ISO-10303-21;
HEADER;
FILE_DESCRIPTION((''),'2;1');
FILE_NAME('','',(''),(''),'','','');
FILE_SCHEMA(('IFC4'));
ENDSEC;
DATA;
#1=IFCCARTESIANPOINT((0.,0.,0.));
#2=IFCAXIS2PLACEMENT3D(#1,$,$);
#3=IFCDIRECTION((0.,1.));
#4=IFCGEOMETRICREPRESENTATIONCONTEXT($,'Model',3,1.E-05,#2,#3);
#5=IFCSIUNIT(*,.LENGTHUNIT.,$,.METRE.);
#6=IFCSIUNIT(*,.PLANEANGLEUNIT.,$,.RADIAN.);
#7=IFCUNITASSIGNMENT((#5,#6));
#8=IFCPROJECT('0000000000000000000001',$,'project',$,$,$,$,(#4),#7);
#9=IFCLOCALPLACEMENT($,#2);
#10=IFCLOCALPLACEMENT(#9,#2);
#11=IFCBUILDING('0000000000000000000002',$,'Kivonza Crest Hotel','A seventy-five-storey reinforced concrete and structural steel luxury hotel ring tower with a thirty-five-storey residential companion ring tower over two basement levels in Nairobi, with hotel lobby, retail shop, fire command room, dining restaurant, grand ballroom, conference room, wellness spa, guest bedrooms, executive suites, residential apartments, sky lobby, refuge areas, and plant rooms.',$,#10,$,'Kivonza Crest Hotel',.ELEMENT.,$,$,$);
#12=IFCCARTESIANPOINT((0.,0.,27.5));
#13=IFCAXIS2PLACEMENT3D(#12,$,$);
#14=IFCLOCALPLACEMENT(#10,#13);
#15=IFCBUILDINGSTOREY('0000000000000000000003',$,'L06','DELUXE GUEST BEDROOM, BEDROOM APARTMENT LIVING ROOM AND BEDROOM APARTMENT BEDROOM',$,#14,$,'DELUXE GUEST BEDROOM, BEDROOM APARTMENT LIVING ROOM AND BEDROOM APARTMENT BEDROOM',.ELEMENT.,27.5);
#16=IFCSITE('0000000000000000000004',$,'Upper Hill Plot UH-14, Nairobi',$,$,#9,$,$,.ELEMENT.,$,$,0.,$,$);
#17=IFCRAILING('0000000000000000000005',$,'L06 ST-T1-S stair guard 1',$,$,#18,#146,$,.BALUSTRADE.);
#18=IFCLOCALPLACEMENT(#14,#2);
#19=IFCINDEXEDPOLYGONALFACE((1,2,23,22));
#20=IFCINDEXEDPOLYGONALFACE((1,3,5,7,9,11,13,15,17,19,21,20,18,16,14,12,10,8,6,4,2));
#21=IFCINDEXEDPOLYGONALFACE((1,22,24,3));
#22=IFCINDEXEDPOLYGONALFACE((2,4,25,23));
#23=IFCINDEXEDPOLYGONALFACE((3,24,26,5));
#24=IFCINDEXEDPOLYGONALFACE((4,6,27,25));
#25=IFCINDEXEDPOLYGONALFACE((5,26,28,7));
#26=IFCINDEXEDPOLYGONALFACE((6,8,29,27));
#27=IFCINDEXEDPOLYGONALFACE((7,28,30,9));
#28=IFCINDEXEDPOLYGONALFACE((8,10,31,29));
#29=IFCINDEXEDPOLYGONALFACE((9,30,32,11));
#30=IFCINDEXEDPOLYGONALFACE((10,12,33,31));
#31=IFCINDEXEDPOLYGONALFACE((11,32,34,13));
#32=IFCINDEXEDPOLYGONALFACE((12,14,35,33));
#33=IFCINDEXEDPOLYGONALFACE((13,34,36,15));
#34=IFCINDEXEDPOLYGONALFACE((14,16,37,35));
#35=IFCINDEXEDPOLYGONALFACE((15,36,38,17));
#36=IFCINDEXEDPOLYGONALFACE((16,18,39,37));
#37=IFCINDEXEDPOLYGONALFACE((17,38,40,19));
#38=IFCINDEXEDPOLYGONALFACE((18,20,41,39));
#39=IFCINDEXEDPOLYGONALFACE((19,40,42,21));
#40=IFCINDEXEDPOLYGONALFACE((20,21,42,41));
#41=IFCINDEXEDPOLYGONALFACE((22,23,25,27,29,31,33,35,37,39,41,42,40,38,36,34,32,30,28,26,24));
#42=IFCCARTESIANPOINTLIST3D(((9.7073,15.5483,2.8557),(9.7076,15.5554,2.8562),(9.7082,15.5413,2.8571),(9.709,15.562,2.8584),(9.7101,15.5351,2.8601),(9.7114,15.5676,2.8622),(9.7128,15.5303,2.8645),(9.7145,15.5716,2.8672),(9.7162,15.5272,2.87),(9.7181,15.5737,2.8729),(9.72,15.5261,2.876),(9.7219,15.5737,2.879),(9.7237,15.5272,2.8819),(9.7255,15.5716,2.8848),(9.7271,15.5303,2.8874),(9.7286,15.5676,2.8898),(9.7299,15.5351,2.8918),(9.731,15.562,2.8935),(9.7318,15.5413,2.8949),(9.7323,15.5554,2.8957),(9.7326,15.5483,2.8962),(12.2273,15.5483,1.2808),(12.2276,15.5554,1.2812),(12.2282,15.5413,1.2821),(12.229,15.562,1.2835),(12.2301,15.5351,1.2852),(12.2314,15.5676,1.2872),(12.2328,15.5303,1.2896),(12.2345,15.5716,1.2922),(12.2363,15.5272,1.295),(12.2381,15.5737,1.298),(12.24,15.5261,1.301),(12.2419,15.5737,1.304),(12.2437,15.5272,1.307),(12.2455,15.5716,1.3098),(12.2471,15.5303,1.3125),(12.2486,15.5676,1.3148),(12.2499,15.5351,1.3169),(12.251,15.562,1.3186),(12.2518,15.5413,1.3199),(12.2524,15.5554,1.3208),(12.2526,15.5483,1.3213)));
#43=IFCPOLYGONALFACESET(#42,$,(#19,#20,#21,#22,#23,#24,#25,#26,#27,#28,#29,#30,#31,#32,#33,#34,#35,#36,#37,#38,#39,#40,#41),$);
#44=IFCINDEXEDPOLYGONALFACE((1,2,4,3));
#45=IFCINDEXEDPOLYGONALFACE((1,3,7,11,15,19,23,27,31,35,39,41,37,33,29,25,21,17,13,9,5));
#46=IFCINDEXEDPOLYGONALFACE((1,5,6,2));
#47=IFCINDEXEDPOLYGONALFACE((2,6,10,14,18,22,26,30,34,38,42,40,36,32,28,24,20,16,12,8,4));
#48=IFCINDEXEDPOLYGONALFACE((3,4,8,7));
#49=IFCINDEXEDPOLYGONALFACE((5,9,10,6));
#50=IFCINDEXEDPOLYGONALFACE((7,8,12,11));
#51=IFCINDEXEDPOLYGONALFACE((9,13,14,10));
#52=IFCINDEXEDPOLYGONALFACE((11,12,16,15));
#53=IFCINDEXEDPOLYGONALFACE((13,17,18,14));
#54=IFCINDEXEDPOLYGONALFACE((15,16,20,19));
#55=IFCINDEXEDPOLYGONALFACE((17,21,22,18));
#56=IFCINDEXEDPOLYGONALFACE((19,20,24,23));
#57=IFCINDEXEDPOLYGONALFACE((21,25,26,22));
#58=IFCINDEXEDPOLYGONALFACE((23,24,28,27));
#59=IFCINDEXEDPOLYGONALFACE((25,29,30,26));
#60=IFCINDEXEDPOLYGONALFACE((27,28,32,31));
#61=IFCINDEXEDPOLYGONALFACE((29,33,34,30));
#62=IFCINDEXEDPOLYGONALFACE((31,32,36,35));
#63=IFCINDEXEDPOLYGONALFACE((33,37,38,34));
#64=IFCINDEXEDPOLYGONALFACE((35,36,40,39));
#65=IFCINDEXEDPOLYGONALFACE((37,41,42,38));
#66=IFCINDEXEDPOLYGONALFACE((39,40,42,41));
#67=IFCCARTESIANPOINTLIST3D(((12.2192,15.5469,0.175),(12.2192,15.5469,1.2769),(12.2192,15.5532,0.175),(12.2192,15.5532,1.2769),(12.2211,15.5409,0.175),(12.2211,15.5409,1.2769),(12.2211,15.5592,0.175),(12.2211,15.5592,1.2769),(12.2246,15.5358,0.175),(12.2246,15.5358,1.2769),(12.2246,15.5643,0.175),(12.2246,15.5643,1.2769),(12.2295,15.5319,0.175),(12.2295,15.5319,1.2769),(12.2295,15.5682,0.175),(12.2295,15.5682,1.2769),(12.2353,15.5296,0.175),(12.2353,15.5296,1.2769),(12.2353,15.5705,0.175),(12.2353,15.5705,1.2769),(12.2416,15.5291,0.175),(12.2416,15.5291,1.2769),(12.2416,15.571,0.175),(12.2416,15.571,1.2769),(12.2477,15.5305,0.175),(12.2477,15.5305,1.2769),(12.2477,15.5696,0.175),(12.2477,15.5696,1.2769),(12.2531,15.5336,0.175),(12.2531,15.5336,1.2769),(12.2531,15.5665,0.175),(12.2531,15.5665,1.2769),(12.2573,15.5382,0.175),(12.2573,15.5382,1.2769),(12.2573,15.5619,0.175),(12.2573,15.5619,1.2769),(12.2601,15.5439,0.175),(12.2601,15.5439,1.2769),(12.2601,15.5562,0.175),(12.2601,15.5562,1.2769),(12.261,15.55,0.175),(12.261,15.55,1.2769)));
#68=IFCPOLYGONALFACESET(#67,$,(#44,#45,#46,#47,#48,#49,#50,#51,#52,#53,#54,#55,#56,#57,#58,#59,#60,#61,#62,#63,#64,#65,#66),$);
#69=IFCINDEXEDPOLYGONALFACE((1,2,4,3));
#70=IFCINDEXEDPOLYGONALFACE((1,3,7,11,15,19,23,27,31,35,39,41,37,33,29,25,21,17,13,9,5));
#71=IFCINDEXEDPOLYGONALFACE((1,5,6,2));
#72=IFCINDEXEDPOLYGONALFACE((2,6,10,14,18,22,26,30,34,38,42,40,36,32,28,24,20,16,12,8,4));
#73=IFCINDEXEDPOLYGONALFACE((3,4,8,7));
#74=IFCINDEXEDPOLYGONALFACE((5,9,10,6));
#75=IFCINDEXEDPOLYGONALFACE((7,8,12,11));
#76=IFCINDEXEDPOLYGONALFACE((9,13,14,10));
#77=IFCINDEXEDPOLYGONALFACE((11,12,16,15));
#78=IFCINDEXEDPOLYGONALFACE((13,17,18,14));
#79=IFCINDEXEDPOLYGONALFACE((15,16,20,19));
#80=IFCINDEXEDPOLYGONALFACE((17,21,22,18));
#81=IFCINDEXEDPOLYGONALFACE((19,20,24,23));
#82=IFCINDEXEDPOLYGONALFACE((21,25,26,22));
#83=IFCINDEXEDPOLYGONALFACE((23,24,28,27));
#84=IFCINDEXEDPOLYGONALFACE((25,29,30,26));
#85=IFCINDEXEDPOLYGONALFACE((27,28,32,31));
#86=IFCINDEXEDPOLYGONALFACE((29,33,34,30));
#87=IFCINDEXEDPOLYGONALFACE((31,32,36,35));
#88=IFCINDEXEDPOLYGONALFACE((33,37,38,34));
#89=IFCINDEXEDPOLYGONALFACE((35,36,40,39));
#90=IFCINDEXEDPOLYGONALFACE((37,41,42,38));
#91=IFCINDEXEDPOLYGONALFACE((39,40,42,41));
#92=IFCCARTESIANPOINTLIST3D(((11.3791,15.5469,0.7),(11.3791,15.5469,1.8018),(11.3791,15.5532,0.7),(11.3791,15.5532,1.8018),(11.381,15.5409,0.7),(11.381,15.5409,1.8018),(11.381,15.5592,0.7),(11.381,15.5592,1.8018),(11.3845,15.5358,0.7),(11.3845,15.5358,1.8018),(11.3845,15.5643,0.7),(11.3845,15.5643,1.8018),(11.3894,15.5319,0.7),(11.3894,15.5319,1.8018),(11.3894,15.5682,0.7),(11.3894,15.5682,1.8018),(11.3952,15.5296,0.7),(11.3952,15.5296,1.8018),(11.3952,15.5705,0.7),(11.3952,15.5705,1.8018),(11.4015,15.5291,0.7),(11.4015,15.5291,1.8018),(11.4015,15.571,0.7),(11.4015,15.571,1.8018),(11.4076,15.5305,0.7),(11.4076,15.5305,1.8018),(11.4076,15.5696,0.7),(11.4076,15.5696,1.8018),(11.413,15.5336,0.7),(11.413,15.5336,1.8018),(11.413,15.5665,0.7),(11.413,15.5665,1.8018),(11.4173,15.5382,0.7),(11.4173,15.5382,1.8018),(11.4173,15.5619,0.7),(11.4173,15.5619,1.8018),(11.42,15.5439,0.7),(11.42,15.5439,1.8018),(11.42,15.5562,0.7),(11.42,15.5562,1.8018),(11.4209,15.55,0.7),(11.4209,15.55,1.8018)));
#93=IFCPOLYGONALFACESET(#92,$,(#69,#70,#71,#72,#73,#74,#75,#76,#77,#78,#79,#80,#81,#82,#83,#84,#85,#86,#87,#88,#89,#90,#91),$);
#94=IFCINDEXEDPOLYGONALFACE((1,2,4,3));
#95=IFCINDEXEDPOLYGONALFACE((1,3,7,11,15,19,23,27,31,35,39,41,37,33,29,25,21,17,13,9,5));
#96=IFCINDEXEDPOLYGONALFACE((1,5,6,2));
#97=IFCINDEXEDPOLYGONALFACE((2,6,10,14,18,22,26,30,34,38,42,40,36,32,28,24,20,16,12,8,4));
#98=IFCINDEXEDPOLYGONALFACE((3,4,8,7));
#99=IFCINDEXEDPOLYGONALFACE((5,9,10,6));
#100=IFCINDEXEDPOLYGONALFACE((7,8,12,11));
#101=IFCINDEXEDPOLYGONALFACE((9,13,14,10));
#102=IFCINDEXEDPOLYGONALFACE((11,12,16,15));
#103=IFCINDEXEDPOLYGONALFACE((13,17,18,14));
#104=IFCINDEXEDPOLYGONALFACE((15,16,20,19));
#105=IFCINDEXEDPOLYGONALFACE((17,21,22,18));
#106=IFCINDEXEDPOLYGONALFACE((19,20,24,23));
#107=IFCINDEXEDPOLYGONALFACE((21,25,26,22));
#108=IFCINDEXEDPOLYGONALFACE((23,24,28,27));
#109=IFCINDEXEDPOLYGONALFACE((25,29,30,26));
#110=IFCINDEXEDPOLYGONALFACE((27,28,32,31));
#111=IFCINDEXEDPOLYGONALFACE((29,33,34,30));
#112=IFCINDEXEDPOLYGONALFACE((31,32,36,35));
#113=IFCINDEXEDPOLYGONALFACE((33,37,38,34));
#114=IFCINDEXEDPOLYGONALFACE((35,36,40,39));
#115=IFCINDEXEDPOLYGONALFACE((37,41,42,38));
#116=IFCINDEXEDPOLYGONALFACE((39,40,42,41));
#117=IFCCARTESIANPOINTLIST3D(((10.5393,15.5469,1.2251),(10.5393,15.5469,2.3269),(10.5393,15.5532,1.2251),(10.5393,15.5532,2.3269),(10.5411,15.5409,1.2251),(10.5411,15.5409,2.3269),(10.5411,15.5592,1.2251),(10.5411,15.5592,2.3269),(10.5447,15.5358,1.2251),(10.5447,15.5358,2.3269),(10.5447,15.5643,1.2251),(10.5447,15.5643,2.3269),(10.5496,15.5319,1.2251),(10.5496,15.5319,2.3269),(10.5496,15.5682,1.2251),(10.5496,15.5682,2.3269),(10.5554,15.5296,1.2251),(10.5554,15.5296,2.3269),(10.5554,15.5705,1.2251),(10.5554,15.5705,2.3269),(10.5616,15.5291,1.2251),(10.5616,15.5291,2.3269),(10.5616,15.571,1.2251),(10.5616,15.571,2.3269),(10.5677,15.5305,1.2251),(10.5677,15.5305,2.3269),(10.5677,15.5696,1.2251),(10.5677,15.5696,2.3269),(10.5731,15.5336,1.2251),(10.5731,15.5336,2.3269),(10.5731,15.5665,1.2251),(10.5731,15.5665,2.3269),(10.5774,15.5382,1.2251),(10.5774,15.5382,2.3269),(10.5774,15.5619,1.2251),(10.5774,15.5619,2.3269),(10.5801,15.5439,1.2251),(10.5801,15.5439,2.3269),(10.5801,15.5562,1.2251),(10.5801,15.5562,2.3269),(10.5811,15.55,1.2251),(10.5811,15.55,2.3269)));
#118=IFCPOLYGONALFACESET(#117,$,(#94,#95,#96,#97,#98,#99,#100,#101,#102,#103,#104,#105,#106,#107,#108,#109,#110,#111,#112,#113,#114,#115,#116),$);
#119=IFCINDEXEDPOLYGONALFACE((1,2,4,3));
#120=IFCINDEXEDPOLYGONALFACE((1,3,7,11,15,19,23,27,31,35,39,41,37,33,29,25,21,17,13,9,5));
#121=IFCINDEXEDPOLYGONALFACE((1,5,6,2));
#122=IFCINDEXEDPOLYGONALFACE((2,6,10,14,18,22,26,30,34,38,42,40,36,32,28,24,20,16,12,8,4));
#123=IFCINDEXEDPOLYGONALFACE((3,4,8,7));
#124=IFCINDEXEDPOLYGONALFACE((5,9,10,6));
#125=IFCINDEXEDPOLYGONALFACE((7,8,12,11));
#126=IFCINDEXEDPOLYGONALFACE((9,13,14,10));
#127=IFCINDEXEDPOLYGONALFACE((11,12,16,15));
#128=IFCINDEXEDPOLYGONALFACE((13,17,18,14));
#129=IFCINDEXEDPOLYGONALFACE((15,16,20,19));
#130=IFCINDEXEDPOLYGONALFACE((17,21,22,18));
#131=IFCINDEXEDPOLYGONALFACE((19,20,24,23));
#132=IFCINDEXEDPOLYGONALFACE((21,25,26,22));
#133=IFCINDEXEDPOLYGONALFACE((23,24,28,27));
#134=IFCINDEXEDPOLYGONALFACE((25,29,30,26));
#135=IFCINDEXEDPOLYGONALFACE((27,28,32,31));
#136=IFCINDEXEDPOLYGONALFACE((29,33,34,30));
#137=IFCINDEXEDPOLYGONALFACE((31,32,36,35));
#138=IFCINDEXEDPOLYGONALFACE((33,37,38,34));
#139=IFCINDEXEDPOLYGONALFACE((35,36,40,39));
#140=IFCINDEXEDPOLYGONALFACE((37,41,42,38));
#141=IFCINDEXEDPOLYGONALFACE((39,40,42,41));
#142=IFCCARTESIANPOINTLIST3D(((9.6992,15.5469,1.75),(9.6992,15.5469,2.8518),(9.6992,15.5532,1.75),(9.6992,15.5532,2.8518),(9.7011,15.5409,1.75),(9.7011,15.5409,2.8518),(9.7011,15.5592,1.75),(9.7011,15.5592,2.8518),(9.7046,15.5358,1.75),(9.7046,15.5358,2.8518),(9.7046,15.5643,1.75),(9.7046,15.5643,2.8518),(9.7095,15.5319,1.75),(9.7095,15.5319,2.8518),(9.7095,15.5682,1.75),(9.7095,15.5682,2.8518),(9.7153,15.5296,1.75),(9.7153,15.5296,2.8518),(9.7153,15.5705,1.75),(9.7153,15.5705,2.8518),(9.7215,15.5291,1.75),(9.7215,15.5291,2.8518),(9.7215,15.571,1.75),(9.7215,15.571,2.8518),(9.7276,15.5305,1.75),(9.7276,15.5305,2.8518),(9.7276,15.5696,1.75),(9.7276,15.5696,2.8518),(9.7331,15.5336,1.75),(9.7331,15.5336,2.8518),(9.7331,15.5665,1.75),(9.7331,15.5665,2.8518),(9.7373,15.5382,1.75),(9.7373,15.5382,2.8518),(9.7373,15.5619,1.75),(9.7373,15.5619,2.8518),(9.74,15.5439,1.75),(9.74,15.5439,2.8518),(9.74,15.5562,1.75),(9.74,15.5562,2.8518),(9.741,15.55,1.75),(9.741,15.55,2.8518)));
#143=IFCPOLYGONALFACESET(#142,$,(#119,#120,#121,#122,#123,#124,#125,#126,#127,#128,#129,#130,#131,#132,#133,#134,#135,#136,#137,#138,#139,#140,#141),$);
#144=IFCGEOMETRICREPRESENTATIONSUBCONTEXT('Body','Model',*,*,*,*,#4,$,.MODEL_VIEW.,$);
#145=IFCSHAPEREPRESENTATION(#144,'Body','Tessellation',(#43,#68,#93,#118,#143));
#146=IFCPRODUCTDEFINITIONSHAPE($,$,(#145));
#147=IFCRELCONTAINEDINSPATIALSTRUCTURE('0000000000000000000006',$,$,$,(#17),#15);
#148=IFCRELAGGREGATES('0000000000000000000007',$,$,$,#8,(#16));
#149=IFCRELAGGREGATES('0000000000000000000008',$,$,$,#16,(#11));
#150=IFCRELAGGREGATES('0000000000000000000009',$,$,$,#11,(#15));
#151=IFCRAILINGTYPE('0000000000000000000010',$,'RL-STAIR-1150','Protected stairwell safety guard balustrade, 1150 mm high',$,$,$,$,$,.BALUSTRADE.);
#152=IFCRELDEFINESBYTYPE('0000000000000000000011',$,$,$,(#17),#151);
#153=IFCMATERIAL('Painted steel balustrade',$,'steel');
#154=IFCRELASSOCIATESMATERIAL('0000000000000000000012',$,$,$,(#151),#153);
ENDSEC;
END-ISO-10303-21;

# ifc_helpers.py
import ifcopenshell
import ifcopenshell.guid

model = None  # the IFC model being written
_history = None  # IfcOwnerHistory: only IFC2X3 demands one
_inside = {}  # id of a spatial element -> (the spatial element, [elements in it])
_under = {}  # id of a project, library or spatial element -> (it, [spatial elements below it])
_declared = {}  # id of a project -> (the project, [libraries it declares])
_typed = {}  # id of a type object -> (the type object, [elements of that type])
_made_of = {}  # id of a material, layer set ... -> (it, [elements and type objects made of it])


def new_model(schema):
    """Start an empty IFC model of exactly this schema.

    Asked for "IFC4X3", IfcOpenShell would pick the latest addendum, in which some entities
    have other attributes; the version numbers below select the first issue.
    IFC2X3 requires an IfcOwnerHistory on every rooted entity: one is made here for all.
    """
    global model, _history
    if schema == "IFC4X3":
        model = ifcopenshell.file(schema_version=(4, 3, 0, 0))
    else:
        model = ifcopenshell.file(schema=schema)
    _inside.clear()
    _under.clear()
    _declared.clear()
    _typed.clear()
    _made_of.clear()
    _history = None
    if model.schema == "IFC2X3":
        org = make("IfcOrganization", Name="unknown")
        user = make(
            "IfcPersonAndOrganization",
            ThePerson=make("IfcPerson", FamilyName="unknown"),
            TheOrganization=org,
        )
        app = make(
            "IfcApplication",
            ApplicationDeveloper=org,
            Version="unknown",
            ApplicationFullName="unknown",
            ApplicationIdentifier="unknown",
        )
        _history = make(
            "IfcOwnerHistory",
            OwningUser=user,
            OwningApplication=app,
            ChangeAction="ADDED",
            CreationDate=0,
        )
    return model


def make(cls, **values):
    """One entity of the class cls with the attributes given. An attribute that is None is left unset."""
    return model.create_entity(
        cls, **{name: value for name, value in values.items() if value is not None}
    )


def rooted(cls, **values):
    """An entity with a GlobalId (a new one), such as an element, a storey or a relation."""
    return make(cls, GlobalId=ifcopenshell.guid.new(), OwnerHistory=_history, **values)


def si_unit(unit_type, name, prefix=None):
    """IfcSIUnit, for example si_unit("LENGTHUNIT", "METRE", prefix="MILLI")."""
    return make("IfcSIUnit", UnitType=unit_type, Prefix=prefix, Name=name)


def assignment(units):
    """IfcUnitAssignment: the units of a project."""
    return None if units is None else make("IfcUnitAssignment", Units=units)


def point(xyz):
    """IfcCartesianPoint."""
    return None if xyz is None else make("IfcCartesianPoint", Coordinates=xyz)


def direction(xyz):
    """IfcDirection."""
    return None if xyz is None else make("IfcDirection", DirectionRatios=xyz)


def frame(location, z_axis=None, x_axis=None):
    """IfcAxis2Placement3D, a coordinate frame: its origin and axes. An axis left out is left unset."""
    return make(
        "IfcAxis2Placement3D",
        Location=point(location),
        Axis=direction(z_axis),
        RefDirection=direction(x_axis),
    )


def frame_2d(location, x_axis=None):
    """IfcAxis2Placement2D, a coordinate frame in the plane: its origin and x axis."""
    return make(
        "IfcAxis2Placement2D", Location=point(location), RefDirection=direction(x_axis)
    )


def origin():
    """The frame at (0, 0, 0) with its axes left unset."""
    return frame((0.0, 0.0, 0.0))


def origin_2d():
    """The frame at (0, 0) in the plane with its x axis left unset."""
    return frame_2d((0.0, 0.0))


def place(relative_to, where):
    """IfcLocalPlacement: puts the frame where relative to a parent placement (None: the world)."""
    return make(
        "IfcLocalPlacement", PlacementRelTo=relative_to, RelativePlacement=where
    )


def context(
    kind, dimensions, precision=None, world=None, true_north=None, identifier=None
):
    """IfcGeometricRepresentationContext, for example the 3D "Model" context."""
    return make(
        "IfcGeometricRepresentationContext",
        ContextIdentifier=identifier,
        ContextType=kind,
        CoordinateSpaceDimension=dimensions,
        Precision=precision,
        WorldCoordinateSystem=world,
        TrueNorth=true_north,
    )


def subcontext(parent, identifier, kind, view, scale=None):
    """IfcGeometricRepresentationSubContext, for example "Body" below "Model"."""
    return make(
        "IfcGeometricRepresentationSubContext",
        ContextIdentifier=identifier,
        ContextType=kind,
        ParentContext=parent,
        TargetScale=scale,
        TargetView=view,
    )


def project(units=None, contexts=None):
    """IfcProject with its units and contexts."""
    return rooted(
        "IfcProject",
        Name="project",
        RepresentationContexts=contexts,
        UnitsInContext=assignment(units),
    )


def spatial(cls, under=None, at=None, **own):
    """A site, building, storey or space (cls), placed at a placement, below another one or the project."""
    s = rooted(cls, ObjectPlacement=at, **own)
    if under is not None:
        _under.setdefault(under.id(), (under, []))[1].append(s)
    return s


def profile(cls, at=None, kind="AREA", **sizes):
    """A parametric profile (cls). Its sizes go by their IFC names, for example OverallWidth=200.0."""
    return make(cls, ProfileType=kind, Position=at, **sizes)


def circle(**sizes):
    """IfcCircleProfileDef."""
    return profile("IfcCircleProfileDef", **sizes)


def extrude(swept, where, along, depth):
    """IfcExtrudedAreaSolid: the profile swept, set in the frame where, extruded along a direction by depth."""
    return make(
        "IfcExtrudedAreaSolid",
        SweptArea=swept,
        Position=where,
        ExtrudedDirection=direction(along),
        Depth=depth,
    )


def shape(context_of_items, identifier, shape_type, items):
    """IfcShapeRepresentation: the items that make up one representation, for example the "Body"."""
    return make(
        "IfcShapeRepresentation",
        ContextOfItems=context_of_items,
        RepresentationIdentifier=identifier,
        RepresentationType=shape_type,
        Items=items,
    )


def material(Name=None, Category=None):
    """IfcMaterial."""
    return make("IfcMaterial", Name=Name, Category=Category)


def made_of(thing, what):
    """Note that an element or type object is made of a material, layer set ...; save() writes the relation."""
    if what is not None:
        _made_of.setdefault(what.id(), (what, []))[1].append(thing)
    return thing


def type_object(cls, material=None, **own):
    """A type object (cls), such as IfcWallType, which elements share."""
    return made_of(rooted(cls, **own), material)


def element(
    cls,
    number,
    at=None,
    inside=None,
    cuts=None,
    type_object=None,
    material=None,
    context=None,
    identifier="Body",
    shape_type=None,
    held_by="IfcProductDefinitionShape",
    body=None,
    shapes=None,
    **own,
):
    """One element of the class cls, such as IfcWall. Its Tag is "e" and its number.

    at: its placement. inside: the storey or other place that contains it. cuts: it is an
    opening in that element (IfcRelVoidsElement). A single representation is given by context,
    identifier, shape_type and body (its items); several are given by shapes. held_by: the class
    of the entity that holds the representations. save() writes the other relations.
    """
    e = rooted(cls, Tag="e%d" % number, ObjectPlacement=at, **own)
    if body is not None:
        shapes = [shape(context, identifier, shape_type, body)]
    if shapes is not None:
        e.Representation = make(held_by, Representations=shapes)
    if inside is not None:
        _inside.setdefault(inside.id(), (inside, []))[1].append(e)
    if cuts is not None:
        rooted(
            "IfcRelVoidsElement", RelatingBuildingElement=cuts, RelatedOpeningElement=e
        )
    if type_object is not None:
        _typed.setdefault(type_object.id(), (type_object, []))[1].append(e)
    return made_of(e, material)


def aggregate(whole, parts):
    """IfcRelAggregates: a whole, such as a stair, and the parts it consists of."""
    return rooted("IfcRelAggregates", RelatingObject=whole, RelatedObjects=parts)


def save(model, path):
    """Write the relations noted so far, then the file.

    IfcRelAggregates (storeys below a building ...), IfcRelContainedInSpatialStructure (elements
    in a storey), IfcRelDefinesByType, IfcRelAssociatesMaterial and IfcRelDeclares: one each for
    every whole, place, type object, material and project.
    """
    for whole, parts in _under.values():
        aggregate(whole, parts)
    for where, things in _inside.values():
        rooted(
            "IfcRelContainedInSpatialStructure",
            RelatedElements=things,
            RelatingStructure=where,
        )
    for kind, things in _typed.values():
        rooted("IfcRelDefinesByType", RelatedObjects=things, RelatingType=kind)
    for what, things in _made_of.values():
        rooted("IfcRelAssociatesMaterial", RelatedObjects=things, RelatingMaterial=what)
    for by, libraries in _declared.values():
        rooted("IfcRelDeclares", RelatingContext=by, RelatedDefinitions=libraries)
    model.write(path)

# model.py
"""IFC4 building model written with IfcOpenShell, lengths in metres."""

from ifc_helpers import new_model, si_unit, direction, frame, origin, origin_2d, place, context, subcontext, project, spatial, circle, extrude, material, type_object, element, save


model = new_model("IFC4")

# Units and contexts
model_context = context("Model", 3, precision=1e-05, world=origin(), true_north=direction((0.0, 1.0)))
body_context = subcontext(model_context, "Body", "Model", "MODEL_VIEW")
ifc_project = project(units=[si_unit("LENGTHUNIT", "METRE"), si_unit("PLANEANGLEUNIT", "RADIAN")], contexts=[model_context])

# Site, building, storey
site_placement = place(None, origin())
site = spatial("IfcSite", under=ifc_project, at=site_placement, Name="Upper Hill Plot UH-14, Nairobi", CompositionType="ELEMENT", RefElevation=0.0)
building_placement = place(site_placement, origin())
building = spatial("IfcBuilding", under=site, at=building_placement, Name="Kivonza Crest Hotel", Description="A seventy-five-storey reinforced concrete and structural steel luxury hotel ring tower with a thirty-five-storey residential companion ring tower over two basement levels in Nairobi, with hotel lobby, retail shop, fire command room, dining restaurant, grand ballroom, conference room, wellness spa, guest bedrooms, executive suites, residential apartments, sky lobby, refuge areas, and plant rooms.", LongName="Kivonza Crest Hotel", CompositionType="ELEMENT")
storey_placement = place(building_placement, frame((0.0, 0.0, 27.5)))
storey = spatial("IfcBuildingStorey", under=building, at=storey_placement, Name="L06", Description="DELUXE GUEST BEDROOM, BEDROOM APARTMENT LIVING ROOM AND BEDROOM APARTMENT BEDROOM", LongName="DELUXE GUEST BEDROOM, BEDROOM APARTMENT LIVING ROOM AND BEDROOM APARTMENT BEDROOM", CompositionType="ELEMENT", Elevation=27.5)

# Railing
ifc_material_1 = material(Name="Painted steel balustrade", Category="steel")
railing_type_1 = type_object("IfcRailingType", Name="RL-STAIR-1150", Description="Protected stairwell safety guard balustrade, 1150 mm high", PredefinedType="BALUSTRADE", material=ifc_material_1)
railing_1_placement = place(storey_placement, frame((12.24, 15.55, 0.175)))
element("IfcRailing", 1, at=railing_1_placement, inside=storey, type_object=railing_type_1, Name="L06 ST-T1-S stair guard 1", PredefinedType="BALUSTRADE", context=body_context, shape_type="SweptSolid", body=[
    extrude(circle(Radius=0.0239, at=origin_2d()), frame((0.0, 0.0, 1.126), z_axis=(-0.848008, 0.0, 0.529984), x_axis=(0.0, -1.0, 0.0)), (0.0, 0.0, 1.0), 2.9717),
    extrude(circle(Radius=0.021, at=origin_2d()), origin(), (0.0, 0.0, 1.0), 1.1018),
    extrude(circle(Radius=0.021, at=origin_2d()), frame((-0.8401, 0.0, 0.5249)), (0.0, 0.0, 1.0), 1.1018),
    extrude(circle(Radius=0.021, at=origin_2d()), frame((-1.6799, 0.0, 1.05)), (0.0, 0.0, 1.0), 1.1018),
    extrude(circle(Radius=0.021, at=origin_2d()), frame((-2.52, 0.0, 1.575)), (0.0, 0.0, 1.0), 1.1018),
])

save(model, "model.ifc")
